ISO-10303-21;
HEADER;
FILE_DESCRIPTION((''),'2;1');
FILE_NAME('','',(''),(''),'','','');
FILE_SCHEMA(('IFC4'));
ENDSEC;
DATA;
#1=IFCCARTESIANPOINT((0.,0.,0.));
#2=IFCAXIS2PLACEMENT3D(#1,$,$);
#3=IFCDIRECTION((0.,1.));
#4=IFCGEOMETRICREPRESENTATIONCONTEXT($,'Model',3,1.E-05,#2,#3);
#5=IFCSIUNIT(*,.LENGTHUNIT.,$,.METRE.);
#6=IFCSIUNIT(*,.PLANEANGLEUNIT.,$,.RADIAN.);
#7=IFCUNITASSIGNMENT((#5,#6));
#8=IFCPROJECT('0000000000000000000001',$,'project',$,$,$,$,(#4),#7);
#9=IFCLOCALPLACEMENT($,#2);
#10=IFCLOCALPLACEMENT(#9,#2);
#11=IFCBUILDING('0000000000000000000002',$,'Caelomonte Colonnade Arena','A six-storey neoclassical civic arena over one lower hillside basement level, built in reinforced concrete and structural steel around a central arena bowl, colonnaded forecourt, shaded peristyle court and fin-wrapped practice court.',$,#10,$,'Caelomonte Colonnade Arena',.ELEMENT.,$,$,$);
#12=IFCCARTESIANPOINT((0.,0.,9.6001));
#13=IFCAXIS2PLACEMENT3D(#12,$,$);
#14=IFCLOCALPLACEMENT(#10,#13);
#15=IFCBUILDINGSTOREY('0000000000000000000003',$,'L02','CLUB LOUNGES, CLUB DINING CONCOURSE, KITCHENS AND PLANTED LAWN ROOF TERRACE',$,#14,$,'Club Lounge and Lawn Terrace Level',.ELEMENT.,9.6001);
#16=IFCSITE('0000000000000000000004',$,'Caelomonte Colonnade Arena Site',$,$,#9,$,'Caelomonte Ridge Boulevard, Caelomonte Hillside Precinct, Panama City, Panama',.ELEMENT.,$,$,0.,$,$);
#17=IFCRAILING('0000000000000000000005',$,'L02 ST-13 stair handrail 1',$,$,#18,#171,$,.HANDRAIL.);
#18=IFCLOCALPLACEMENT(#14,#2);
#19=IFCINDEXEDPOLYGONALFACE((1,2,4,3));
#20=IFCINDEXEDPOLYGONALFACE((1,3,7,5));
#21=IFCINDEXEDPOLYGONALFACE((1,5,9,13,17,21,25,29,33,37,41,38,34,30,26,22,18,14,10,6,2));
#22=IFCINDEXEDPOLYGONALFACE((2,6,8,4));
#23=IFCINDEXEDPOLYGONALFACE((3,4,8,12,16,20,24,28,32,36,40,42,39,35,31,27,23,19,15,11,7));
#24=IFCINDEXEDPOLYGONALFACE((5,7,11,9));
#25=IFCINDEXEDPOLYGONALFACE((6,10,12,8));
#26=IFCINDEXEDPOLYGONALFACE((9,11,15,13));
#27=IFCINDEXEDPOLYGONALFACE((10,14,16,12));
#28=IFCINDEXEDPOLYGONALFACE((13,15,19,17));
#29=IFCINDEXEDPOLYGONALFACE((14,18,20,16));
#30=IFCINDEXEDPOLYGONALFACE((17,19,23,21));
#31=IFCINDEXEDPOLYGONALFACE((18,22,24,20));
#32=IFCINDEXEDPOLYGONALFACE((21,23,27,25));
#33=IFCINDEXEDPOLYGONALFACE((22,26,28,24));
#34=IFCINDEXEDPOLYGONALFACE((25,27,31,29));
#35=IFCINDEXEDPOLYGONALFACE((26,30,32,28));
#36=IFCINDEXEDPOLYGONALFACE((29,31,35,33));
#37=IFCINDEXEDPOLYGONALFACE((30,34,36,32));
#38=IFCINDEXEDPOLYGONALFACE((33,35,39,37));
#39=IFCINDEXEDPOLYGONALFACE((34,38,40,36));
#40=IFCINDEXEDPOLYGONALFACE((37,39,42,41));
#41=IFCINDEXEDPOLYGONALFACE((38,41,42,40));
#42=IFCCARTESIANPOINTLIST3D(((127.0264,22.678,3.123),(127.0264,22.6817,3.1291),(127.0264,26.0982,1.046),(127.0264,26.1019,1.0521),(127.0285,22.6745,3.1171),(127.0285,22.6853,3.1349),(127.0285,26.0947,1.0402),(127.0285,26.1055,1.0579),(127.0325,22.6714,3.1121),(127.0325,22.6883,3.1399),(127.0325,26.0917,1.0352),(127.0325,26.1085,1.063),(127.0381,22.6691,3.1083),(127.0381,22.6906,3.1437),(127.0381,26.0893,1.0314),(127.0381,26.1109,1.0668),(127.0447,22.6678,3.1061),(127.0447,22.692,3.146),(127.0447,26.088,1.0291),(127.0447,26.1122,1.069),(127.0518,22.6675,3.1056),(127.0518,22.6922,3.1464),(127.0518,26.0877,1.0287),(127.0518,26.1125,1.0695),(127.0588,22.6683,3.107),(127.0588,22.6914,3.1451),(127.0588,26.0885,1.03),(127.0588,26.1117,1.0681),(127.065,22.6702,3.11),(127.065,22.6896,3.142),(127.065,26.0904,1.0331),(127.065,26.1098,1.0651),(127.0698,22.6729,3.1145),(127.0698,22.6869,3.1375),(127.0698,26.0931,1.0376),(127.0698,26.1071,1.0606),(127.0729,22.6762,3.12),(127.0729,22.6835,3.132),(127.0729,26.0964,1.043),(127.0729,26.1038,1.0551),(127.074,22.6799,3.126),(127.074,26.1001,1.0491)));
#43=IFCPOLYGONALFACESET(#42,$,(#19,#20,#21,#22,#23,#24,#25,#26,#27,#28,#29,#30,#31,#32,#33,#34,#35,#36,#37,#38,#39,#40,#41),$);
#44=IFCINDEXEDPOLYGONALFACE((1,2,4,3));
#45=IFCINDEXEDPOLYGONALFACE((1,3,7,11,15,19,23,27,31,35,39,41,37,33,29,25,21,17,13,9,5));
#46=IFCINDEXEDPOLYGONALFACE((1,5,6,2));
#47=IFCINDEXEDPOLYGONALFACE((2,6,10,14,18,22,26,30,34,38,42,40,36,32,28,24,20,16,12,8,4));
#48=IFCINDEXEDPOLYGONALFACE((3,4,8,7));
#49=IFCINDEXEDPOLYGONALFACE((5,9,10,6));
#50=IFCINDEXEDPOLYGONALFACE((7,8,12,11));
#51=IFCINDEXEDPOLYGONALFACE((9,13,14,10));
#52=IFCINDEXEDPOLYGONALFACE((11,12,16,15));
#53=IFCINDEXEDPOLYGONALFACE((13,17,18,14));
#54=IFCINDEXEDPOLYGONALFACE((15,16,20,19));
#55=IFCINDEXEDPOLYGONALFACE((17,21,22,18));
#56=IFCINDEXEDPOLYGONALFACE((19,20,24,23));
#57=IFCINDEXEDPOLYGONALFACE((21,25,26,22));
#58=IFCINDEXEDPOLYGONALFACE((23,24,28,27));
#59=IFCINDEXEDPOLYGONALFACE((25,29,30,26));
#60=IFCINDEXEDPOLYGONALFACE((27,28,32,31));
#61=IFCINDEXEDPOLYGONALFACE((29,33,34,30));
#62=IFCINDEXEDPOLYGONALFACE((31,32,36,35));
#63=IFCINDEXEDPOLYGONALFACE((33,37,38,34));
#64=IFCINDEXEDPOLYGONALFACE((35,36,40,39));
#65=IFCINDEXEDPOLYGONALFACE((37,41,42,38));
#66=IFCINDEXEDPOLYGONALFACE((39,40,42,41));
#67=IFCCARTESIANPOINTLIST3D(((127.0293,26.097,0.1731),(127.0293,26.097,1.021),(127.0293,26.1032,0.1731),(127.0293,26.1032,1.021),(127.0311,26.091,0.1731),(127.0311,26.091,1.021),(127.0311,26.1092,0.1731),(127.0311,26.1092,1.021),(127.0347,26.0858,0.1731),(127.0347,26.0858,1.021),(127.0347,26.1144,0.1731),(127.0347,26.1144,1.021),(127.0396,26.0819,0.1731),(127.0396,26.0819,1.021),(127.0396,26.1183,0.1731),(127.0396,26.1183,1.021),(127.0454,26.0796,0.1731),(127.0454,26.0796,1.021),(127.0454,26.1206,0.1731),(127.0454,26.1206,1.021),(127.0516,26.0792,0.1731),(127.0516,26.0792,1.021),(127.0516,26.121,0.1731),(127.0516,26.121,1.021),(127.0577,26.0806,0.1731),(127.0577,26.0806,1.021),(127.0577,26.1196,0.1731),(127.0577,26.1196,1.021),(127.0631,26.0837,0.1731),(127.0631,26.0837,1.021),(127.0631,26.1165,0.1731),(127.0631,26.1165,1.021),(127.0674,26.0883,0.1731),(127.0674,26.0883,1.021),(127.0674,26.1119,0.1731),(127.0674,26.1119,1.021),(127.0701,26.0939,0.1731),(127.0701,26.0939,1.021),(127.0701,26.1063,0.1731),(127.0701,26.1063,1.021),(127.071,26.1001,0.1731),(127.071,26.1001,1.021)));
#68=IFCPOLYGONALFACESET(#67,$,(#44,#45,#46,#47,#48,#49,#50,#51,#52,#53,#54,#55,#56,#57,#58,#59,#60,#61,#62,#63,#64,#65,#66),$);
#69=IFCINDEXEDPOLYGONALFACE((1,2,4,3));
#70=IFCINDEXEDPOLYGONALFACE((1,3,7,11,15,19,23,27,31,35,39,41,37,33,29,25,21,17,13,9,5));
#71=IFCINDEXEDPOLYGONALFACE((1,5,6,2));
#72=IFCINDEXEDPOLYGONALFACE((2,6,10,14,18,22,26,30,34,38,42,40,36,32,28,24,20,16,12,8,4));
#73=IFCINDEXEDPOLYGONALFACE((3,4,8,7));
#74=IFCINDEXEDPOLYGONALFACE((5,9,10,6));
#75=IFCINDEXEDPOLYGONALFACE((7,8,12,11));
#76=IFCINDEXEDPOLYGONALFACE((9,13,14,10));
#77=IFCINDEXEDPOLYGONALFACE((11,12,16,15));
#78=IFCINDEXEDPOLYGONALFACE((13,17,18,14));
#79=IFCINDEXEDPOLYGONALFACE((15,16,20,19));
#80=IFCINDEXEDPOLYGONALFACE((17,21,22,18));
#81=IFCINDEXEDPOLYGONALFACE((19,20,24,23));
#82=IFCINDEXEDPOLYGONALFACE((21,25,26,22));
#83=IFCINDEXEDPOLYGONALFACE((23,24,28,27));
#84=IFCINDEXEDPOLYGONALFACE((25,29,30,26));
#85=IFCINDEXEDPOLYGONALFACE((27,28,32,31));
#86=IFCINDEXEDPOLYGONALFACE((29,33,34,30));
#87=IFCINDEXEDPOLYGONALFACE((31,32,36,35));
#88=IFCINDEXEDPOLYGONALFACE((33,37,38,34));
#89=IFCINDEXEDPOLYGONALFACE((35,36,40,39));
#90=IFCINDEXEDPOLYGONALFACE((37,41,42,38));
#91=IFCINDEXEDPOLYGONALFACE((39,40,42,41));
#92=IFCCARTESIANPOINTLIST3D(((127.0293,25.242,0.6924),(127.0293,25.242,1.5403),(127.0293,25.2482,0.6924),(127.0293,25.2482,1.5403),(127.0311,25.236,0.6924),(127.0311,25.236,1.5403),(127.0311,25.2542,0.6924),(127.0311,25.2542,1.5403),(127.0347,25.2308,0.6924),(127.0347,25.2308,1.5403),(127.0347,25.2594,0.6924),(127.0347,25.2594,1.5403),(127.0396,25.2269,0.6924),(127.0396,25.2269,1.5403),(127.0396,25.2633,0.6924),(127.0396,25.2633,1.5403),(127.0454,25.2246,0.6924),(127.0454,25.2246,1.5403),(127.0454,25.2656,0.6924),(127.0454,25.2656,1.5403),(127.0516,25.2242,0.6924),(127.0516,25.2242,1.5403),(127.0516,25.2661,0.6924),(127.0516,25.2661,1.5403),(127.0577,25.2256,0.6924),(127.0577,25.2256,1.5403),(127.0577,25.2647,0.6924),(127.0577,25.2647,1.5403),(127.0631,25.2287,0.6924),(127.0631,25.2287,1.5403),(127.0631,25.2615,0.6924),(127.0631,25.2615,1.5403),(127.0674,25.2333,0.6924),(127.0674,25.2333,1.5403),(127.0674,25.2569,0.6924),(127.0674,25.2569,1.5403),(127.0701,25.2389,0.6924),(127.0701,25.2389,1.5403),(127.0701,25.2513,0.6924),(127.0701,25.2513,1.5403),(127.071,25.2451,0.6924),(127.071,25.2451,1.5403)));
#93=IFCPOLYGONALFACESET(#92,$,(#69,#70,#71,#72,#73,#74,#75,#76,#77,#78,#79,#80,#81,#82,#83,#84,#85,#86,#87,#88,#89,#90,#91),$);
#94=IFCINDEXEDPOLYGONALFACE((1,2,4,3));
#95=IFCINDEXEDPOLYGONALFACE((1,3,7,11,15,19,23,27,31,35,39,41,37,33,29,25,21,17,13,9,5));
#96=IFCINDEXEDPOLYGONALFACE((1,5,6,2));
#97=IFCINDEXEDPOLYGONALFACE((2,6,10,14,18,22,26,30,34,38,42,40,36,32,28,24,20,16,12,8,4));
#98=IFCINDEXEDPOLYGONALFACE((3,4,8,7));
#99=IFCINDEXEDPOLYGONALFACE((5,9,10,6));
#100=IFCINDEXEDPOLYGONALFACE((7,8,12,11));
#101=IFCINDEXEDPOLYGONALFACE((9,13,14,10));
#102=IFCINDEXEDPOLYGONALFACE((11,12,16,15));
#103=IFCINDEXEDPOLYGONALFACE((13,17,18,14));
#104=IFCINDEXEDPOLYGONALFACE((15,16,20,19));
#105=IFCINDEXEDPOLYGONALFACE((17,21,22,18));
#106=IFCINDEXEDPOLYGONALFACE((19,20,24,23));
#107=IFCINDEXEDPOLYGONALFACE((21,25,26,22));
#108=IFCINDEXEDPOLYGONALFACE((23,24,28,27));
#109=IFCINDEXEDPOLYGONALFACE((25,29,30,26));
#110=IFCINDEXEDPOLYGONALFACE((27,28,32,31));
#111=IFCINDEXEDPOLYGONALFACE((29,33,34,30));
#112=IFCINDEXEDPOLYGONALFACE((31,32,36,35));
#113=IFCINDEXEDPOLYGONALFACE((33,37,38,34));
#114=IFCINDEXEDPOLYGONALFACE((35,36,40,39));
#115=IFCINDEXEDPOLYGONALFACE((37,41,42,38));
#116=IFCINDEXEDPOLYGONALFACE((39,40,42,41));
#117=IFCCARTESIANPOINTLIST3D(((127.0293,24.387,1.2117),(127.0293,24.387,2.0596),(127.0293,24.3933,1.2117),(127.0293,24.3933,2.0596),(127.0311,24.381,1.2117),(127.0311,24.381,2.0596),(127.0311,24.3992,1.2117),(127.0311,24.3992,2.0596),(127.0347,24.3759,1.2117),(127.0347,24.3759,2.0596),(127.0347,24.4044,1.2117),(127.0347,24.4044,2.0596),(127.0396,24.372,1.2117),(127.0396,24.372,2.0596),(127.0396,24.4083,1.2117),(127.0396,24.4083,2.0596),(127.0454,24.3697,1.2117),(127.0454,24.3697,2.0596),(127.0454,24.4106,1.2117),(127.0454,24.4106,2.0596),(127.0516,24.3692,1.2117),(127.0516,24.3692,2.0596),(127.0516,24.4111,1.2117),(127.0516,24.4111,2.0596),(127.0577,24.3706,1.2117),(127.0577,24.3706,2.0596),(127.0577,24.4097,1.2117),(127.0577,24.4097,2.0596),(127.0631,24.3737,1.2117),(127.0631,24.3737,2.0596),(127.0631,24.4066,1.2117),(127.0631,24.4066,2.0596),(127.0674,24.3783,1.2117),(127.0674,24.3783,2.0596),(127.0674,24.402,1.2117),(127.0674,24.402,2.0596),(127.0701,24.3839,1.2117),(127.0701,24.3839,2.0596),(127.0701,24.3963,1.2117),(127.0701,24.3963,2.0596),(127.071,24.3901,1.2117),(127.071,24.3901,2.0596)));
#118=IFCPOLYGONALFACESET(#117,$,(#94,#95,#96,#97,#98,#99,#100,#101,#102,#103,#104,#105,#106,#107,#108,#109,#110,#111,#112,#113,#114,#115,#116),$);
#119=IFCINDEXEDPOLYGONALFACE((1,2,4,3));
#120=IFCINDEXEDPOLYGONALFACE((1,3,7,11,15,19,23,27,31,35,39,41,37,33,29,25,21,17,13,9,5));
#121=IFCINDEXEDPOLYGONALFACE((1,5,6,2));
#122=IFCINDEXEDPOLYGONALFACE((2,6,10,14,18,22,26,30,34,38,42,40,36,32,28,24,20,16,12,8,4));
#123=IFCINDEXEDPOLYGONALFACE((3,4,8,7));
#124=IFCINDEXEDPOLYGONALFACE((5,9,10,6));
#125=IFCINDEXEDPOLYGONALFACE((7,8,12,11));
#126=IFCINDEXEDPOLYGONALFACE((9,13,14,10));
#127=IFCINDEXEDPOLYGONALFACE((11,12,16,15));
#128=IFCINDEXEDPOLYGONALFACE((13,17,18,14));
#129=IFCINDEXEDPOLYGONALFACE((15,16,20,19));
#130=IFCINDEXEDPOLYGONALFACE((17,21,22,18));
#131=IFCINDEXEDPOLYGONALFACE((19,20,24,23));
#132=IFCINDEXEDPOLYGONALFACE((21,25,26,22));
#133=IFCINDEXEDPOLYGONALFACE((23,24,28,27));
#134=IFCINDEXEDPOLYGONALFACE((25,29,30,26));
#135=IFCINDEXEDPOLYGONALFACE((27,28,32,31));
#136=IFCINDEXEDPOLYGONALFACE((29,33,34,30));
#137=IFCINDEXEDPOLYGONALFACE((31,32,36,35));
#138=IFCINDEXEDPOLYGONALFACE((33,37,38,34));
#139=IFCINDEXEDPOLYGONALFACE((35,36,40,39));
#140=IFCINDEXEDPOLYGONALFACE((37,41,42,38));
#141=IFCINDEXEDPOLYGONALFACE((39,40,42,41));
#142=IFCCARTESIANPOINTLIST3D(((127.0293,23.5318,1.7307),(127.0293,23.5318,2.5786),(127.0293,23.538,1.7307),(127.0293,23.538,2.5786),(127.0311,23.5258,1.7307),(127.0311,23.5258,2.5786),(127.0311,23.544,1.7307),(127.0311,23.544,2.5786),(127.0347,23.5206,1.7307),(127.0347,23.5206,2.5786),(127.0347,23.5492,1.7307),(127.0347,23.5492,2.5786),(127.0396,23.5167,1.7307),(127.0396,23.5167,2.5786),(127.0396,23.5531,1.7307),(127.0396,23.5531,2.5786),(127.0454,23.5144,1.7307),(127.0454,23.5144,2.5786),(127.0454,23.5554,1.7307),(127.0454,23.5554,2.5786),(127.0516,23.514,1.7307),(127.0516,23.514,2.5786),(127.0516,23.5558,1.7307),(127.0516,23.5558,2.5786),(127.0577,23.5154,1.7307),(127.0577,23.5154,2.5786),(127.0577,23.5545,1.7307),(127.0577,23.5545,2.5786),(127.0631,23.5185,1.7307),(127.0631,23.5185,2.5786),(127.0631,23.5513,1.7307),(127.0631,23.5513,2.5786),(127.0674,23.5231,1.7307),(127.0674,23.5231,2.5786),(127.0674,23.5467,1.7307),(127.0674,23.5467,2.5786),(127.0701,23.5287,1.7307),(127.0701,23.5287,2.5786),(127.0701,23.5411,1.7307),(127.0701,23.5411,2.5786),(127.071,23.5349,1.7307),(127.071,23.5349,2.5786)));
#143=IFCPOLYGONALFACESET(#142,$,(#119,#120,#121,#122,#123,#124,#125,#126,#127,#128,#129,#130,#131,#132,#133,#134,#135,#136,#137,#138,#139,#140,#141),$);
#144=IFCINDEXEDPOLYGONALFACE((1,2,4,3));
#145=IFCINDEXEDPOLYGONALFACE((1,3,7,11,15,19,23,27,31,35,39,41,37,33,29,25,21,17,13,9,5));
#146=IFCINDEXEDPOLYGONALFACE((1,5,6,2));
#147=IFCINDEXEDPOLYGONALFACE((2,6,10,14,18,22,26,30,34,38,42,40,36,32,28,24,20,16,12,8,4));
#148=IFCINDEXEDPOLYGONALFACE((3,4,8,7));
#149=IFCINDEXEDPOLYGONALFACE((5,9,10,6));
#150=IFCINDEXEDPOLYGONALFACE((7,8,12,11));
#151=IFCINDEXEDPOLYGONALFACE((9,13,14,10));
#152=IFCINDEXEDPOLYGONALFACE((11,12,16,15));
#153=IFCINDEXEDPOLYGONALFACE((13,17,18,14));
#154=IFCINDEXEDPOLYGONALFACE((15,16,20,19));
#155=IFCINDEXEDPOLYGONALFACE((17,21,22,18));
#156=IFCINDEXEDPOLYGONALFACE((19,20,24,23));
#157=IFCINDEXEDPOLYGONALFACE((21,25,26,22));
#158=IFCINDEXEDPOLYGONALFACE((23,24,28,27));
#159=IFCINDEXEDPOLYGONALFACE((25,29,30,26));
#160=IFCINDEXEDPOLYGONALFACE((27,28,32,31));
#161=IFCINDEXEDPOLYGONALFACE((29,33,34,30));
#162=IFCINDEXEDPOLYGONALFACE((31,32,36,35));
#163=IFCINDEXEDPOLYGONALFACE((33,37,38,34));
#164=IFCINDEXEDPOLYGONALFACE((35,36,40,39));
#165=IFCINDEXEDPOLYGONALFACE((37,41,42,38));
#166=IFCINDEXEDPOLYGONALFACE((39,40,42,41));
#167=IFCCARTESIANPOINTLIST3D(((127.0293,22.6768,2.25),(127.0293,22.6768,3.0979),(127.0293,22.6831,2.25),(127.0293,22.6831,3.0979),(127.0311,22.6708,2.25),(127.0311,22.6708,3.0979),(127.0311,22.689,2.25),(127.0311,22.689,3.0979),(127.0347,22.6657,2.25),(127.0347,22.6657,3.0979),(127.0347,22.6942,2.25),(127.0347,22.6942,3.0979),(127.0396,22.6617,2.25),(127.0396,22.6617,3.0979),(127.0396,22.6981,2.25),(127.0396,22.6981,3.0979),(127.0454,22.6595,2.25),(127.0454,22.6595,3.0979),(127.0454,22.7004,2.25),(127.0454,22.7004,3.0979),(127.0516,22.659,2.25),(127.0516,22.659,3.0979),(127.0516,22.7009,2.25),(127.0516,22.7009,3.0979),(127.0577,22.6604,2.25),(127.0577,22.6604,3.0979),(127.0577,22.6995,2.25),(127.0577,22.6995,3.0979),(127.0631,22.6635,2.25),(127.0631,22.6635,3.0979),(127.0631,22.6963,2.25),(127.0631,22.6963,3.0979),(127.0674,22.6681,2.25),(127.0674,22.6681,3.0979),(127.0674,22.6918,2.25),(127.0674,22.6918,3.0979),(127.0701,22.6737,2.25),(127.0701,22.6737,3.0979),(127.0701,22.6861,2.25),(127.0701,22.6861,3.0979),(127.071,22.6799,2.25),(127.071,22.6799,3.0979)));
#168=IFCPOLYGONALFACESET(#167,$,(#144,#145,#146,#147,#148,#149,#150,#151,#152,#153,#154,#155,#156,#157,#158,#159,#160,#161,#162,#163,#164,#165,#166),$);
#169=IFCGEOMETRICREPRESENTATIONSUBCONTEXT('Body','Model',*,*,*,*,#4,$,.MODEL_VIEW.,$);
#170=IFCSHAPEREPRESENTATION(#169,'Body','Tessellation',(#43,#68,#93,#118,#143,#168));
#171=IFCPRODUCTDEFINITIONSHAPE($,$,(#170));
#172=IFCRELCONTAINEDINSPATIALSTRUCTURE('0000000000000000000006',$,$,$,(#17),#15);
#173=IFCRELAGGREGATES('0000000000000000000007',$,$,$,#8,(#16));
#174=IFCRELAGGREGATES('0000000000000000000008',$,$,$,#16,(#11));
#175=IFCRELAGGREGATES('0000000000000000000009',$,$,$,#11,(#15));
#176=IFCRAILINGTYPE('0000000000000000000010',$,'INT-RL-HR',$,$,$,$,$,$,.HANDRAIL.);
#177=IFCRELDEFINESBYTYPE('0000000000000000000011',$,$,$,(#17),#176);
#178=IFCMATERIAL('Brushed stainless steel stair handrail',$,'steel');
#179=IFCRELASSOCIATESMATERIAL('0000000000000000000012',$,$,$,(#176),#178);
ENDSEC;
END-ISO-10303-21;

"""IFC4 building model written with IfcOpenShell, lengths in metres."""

from ifc_helpers import new_model, si_unit, direction, frame, origin, origin_2d, place, context, subcontext, project, spatial, circle, extrude, material, type_object, element, save


model = new_model("IFC4")

# Units and contexts
model_context = context("Model", 3, precision=1e-05, world=origin(), true_north=direction((0.0, 1.0)))
body_context = subcontext(model_context, "Body", "Model", "MODEL_VIEW")
ifc_project = project(units=[si_unit("LENGTHUNIT", "METRE"), si_unit("PLANEANGLEUNIT", "RADIAN")], contexts=[model_context])

# Site, building, storey
site_placement = place(None, origin())
site = spatial("IfcSite", under=ifc_project, at=site_placement, Name="Caelomonte Colonnade Arena Site", LongName="Caelomonte Ridge Boulevard, Caelomonte Hillside Precinct, Panama City, Panama", CompositionType="ELEMENT", RefElevation=0.0)
building_placement = place(site_placement, origin())
building = spatial("IfcBuilding", under=site, at=building_placement, Name="Caelomonte Colonnade Arena", Description="A six-storey neoclassical civic arena over one lower hillside basement level, built in reinforced concrete and structural steel around a central arena bowl, colonnaded forecourt, shaded peristyle court and fin-wrapped practice court.", LongName="Caelomonte Colonnade Arena", CompositionType="ELEMENT")
storey_placement = place(building_placement, frame((0.0, 0.0, 9.6001)))
storey = spatial("IfcBuildingStorey", under=building, at=storey_placement, Name="L02", Description="CLUB LOUNGES, CLUB DINING CONCOURSE, KITCHENS AND PLANTED LAWN ROOF TERRACE", LongName="Club Lounge and Lawn Terrace Level", CompositionType="ELEMENT", Elevation=9.6001)

# Railing
ifc_material_1 = material(Name="Brushed stainless steel stair handrail", Category="steel")
railing_type_1 = type_object("IfcRailingType", Name="INT-RL-HR", PredefinedType="HANDRAIL", material=ifc_material_1)
railing_1_placement = place(storey_placement, frame((127.05, 26.1001, 0.1731)))
element("IfcRailing", 1, at=railing_1_placement, inside=storey, type_object=railing_type_1, Name="L02 ST-13 stair handrail 1", PredefinedType="HANDRAIL", context=body_context, shape_type="SweptSolid", body=[
    extrude(circle(Radius=0.0239, at=origin_2d()), frame((0.0, 0.0, 0.876), z_axis=(0.0, -0.854746, 0.519047), x_axis=(1.0, 0.0, 0.0)), (0.0, 0.0, 1.0), 4.0015),
    extrude(circle(Radius=0.021, at=origin_2d()), origin(), (0.0, 0.0, 1.0), 0.8479),
    extrude(circle(Radius=0.021, at=origin_2d()), frame((0.0, -0.855, 0.5193)), (0.0, 0.0, 1.0), 0.8479),
    extrude(circle(Radius=0.021, at=origin_2d()), frame((0.0, -1.71, 1.0386)), (0.0, 0.0, 1.0), 0.8479),
    extrude(circle(Radius=0.021, at=origin_2d()), frame((0.0, -2.5652, 1.5576)), (0.0, 0.0, 1.0), 0.8479),
    extrude(circle(Radius=0.021, at=origin_2d()), frame((0.0, -3.4202, 2.0769)), (0.0, 0.0, 1.0), 0.8479),
])

save(model, "model.ifc")
